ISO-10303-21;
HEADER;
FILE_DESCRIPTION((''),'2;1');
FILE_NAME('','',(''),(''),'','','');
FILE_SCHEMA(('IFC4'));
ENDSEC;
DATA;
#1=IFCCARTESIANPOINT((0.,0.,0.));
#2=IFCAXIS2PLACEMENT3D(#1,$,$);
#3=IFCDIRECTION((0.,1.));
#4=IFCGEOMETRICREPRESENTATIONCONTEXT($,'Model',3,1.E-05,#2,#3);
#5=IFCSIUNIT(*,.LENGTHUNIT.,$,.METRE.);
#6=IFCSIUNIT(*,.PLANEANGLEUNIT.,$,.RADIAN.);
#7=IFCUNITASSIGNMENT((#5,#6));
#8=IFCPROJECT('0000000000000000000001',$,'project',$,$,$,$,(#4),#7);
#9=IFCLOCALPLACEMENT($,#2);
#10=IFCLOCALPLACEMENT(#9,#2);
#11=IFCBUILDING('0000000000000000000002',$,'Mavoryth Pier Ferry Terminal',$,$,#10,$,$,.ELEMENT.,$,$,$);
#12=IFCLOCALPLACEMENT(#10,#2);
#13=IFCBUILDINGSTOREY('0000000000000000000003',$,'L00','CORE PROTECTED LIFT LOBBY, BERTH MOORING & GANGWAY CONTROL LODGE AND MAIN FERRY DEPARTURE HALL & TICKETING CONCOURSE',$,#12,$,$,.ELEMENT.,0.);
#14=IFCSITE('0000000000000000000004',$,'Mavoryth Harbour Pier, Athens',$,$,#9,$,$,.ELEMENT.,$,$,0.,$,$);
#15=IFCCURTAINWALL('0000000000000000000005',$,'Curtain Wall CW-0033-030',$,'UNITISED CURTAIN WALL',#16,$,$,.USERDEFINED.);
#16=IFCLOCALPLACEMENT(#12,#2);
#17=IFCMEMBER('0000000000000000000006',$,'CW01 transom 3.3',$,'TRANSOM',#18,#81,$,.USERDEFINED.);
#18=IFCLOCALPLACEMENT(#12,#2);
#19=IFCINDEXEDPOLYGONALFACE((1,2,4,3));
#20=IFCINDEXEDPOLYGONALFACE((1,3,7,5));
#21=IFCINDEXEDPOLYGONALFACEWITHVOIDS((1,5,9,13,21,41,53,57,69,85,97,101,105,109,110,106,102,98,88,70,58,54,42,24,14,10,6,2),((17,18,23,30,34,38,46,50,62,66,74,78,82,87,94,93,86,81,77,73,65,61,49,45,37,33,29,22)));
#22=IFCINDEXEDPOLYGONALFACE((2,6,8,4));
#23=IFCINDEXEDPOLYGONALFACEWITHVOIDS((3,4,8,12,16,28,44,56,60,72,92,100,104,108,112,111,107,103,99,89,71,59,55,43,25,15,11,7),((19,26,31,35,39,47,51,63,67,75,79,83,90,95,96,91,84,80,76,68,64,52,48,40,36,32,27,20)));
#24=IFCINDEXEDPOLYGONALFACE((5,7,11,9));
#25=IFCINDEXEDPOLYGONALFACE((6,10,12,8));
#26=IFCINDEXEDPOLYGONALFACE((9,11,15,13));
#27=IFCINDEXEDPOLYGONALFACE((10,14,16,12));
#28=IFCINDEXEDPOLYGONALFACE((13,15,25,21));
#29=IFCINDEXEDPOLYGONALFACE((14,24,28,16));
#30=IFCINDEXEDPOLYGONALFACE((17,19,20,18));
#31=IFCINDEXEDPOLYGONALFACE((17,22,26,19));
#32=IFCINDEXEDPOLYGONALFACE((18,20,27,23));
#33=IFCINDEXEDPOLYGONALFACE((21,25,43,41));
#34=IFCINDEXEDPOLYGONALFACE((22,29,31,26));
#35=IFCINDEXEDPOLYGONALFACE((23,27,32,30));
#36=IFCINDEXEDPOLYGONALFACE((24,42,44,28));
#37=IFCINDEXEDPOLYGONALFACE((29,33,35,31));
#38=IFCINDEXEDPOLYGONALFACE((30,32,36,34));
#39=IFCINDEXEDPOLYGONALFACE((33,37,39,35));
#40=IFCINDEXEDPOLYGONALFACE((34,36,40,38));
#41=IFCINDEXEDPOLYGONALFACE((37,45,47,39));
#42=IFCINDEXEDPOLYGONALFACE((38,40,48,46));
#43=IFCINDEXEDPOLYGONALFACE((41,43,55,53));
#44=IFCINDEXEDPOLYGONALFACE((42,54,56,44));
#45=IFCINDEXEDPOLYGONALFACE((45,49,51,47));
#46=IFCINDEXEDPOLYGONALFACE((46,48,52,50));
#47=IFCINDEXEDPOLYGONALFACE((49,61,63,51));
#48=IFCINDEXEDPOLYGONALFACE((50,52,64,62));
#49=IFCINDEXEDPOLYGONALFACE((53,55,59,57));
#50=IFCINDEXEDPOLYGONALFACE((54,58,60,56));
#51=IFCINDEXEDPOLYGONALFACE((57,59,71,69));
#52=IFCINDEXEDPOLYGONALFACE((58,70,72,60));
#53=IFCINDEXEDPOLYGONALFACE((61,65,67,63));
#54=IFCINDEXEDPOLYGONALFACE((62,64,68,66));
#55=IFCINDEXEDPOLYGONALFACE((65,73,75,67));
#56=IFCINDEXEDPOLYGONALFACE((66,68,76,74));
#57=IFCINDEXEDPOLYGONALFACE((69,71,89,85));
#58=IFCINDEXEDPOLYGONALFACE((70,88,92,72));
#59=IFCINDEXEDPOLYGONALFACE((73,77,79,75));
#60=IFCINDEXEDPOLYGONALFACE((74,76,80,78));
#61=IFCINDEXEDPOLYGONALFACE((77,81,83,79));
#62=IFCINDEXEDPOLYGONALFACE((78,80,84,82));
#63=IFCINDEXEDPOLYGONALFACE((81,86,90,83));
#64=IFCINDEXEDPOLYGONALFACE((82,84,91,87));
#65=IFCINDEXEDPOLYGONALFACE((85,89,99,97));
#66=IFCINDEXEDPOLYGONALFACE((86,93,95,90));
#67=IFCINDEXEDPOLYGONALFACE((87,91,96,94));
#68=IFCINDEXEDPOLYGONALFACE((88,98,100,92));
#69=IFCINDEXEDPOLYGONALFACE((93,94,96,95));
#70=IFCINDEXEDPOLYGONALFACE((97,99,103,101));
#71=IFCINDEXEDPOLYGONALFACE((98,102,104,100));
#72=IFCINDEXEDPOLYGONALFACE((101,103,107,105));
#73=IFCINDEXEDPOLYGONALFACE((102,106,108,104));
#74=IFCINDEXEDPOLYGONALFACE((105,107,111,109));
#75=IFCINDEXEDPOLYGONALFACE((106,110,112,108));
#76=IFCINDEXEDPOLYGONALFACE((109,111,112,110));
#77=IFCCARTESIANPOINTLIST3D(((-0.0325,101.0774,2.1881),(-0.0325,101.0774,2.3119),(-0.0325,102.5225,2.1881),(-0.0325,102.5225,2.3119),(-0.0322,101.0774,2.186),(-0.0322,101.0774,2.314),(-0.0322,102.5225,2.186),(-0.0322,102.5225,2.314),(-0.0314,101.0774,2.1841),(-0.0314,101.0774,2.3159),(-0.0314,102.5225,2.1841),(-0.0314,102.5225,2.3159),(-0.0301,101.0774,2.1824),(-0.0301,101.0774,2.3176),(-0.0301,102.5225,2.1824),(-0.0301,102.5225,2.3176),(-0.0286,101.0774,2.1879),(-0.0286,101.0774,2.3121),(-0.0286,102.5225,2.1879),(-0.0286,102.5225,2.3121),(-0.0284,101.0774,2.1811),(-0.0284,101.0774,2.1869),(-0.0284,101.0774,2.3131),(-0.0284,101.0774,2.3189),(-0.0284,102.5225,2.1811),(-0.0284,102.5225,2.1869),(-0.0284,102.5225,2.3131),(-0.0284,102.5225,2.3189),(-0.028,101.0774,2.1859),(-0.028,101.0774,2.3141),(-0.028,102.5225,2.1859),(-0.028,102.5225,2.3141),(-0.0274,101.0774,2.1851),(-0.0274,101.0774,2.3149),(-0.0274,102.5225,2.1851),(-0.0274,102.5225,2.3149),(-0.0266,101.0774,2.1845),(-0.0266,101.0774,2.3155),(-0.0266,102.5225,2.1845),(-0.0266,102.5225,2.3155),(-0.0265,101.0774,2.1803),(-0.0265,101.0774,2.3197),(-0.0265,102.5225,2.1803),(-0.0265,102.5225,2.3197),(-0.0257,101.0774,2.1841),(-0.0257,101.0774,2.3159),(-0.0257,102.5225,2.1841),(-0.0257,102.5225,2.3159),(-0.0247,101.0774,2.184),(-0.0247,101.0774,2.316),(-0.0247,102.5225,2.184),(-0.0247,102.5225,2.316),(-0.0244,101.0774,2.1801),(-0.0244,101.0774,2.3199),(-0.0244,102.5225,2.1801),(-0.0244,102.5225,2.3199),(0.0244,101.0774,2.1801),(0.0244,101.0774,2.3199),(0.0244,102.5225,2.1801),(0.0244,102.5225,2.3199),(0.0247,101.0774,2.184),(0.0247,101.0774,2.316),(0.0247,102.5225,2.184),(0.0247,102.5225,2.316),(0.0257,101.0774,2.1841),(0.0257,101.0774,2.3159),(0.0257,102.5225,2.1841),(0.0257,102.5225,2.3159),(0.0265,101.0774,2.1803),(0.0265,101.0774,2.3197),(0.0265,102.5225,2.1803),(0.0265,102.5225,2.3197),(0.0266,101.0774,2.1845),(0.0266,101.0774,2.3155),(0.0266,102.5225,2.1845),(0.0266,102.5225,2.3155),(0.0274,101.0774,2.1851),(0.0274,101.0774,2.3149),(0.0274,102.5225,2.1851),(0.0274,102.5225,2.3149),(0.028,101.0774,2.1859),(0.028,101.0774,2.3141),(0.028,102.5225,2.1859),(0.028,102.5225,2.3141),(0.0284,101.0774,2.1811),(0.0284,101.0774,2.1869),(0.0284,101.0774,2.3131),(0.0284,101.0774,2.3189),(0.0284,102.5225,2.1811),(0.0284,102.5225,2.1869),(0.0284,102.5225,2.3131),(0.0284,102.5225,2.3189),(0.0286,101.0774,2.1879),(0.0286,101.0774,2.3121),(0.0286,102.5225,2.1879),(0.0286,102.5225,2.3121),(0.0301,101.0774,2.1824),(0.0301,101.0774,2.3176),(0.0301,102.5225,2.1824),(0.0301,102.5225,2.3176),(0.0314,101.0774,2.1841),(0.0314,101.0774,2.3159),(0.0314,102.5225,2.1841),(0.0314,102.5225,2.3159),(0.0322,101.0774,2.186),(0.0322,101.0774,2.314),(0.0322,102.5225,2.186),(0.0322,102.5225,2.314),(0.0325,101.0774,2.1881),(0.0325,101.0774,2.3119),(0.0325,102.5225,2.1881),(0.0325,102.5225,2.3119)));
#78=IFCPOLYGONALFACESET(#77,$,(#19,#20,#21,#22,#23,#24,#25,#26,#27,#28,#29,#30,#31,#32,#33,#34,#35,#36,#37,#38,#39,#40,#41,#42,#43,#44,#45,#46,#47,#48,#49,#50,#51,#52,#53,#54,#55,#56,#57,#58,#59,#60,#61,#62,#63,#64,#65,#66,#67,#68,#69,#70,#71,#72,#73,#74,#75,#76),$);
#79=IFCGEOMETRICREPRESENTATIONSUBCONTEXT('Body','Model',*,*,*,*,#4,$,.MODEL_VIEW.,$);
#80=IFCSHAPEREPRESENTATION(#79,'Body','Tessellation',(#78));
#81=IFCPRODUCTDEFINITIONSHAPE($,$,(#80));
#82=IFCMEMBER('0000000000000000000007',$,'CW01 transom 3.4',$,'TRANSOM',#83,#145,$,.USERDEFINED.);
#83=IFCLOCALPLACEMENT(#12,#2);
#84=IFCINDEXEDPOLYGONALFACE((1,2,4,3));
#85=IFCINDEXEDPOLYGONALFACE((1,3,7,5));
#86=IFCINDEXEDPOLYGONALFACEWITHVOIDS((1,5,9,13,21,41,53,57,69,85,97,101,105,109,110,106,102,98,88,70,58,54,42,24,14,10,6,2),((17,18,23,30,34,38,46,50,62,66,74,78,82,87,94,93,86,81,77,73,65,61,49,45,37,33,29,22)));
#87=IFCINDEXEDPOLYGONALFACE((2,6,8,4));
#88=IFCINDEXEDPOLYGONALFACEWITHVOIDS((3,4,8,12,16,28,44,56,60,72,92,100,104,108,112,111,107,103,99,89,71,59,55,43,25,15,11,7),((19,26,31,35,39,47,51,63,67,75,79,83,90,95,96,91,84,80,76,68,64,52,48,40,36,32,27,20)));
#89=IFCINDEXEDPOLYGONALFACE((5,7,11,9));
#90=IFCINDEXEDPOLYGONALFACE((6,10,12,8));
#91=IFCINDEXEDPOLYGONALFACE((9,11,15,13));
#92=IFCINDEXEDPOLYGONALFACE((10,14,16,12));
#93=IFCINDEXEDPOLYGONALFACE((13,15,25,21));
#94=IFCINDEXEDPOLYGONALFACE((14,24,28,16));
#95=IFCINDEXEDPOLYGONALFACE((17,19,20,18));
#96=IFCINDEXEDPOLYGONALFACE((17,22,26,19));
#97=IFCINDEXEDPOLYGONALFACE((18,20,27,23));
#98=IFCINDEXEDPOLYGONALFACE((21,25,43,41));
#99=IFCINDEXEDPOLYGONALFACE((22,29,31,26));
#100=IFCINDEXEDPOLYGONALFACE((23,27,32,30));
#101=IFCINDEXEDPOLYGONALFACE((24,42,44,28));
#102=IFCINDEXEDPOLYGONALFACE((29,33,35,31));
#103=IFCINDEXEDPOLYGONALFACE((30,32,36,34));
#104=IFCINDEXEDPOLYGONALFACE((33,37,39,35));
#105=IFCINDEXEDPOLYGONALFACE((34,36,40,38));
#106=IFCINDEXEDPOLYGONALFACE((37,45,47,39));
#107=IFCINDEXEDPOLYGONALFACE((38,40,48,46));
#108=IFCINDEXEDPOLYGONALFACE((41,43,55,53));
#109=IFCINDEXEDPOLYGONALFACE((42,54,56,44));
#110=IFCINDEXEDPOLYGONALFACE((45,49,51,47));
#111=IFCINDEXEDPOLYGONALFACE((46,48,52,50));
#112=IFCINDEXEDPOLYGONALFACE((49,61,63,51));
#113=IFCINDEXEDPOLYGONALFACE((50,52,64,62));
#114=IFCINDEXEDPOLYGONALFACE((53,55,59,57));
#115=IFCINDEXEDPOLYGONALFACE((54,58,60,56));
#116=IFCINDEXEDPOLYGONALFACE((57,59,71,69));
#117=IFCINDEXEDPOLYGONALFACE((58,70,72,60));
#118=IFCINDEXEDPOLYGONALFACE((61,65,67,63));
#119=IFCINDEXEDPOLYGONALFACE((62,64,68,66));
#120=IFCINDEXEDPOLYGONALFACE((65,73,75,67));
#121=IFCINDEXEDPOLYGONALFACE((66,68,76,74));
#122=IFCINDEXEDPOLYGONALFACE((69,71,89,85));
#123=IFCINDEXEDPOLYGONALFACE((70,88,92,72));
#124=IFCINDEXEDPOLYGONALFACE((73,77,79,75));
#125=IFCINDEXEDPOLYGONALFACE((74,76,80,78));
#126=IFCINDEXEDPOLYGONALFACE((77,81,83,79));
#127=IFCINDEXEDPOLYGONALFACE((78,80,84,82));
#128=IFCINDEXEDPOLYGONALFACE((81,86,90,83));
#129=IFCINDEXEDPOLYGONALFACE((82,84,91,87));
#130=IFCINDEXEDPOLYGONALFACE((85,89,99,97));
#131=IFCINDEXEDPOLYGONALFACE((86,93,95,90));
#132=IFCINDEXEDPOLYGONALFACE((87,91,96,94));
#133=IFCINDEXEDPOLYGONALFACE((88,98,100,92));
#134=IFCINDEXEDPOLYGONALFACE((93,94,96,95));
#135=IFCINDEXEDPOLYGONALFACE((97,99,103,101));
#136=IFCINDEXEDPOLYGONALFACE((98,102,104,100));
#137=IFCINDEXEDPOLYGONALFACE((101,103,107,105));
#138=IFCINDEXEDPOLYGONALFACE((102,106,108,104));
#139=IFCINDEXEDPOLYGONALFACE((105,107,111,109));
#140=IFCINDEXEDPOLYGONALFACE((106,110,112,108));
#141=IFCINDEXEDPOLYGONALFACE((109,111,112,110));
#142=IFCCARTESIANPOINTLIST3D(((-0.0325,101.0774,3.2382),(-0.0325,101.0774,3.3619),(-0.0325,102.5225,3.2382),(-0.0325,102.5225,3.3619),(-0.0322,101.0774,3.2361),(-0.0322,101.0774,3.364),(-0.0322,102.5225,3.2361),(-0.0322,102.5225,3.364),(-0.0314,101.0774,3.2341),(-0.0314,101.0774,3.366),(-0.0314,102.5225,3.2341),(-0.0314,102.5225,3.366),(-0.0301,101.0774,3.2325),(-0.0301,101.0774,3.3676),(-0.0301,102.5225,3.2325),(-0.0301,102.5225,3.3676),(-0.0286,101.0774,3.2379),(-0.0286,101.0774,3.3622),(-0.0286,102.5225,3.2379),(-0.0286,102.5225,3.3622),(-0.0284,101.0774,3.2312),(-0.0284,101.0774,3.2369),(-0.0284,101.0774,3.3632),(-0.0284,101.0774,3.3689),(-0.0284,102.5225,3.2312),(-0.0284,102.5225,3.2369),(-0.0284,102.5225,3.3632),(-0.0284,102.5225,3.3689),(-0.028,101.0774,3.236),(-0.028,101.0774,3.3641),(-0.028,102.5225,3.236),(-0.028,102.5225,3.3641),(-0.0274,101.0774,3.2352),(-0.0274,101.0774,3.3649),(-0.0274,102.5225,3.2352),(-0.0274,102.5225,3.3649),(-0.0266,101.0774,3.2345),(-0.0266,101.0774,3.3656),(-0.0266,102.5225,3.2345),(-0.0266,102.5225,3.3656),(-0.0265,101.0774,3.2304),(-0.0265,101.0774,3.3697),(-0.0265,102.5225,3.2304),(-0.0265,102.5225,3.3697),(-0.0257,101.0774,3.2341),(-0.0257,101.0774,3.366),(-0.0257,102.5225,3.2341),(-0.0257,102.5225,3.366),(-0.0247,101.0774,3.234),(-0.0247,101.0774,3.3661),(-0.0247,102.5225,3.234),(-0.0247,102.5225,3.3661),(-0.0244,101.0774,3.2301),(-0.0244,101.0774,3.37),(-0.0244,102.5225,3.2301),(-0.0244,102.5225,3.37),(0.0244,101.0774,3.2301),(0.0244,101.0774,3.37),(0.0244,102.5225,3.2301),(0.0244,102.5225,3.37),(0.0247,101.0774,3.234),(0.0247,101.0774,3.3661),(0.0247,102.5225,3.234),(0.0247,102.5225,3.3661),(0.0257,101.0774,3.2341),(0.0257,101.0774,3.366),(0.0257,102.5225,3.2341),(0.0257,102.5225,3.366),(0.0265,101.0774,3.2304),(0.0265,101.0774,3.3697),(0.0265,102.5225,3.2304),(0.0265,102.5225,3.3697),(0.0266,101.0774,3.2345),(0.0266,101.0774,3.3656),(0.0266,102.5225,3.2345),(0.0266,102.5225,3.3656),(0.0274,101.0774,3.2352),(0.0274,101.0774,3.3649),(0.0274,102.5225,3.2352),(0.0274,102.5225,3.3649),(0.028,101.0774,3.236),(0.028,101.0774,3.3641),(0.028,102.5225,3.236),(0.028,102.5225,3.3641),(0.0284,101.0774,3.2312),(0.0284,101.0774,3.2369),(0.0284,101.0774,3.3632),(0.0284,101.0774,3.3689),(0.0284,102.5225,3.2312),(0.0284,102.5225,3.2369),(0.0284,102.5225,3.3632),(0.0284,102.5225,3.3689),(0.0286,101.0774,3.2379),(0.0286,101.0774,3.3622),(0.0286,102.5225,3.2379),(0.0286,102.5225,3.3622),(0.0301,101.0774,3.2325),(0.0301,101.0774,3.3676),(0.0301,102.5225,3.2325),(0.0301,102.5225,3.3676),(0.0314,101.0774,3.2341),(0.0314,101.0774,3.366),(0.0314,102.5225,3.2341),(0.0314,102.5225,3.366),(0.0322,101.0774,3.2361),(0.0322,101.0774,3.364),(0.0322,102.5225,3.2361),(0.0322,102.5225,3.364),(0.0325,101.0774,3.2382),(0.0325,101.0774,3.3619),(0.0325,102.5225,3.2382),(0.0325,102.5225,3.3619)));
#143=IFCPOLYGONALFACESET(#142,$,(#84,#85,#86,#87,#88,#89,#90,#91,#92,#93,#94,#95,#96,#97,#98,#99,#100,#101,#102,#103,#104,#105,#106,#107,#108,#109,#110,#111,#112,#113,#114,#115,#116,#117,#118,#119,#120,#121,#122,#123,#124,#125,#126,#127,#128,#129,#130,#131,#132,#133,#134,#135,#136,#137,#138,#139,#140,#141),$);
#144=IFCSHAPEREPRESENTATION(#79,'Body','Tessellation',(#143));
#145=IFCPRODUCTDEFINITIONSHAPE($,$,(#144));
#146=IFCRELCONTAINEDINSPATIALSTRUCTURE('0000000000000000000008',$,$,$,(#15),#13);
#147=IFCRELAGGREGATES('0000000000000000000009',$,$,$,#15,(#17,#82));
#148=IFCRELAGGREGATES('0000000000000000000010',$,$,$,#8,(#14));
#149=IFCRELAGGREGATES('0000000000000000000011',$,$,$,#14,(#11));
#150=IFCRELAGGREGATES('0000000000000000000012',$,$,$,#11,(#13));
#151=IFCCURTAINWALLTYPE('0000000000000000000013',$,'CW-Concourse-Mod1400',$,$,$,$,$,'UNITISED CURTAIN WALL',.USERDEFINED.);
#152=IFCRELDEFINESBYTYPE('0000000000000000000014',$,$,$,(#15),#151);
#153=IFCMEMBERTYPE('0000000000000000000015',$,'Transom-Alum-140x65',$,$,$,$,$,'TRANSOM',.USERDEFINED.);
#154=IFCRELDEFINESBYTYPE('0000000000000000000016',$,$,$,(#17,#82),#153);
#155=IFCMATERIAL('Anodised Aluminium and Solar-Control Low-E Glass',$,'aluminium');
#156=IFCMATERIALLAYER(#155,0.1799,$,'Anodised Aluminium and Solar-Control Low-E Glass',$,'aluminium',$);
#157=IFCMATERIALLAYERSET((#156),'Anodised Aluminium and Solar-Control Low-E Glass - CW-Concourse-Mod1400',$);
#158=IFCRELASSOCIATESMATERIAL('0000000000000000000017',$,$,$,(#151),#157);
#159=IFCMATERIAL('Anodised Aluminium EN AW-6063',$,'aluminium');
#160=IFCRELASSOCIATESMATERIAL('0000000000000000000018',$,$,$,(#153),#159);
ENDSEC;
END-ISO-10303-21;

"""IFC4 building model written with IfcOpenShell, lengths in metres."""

from ifc_helpers import new_model, si_unit, direction, frame, origin, origin_2d, place, context, subcontext, project, spatial, hollow_rectangle, extrude, material, layer, layer_set, material_profile, profile_set, type_object, element, aggregate, save


model = new_model("IFC4")

# Units and contexts
model_context = context("Model", 3, precision=1e-05, world=origin(), true_north=direction((0.0, 1.0)))
body_context = subcontext(model_context, "Body", "Model", "MODEL_VIEW")
ifc_project = project(units=[si_unit("LENGTHUNIT", "METRE"), si_unit("PLANEANGLEUNIT", "RADIAN")], contexts=[model_context])

# Site, building, storey
site_placement = place(None, origin())
site = spatial("IfcSite", under=ifc_project, at=site_placement, Name="Mavoryth Harbour Pier, Athens", CompositionType="ELEMENT", RefElevation=0.0)
building_placement = place(site_placement, origin())
building = spatial("IfcBuilding", under=site, at=building_placement, Name="Mavoryth Pier Ferry Terminal", CompositionType="ELEMENT")
storey_placement = place(building_placement, origin())
storey = spatial("IfcBuildingStorey", under=building, at=storey_placement, Name="L00", Description="CORE PROTECTED LIFT LOBBY, BERTH MOORING & GANGWAY CONTROL LODGE AND MAIN FERRY DEPARTURE HALL & TICKETING CONCOURSE", CompositionType="ELEMENT", Elevation=0.0)

# Curtain wall, members
ifc_material_1 = material(Name="Anodised Aluminium and Solar-Control Low-E Glass", Category="aluminium")
ifc_layer_1 = layer(ifc_material_1, 0.1799, Name="Anodised Aluminium and Solar-Control Low-E Glass", Category="aluminium")
ifc_layer_set_1 = layer_set([ifc_layer_1], Name="Anodised Aluminium and Solar-Control Low-E Glass - CW-Concourse-Mod1400")
curtain_wall_type = type_object("IfcCurtainWallType", Name="CW-Concourse-Mod1400", ElementType="UNITISED CURTAIN WALL", PredefinedType="USERDEFINED", material=ifc_layer_set_1)
curtain_wall_placement = place(storey_placement, origin())
curtain_wall = element("IfcCurtainWall", 1, at=curtain_wall_placement, inside=storey, type_object=curtain_wall_type, Name="Curtain Wall CW-0033-030", ObjectType="UNITISED CURTAIN WALL", PredefinedType="USERDEFINED")
ifc_material_2 = material(Name="Anodised Aluminium EN AW-6063", Category="aluminium")
ifc_material_profile_1 = material_profile(ifc_material_2, hollow_rectangle(XDim=0.0649, YDim=0.1399, WallThickness=0.0039, InnerFilletRadius=0.0039, OuterFilletRadius=0.0081, at=origin_2d()), Name="AL-TRAN 140x65x4", Category="aluminium")
ifc_profile_set_1 = profile_set([ifc_material_profile_1], Name="Anodised Aluminium EN AW-6063 - AL-TRAN 140x65x4")
member_type_1 = type_object("IfcMemberType", Name="Transom-Alum-140x65", ElementType="TRANSOM", PredefinedType="USERDEFINED", material=ifc_profile_set_1)
member_1_placement = place(storey_placement, frame((0.0, 102.5225, 2.25), z_axis=(0.0, -1.0, 0.0), x_axis=(1.0, 0.0, 0.0)))
member_1 = element("IfcMember", 2, at=member_1_placement, type_object=member_type_1, Name="CW01 transom 3.3", ObjectType="TRANSOM", PredefinedType="USERDEFINED", context=body_context, shape_type="SweptSolid", body=[
    extrude(hollow_rectangle(XDim=0.0649, YDim=0.1399, WallThickness=0.0039, InnerFilletRadius=0.0039, OuterFilletRadius=0.0081, at=origin_2d()), origin(), (0.0, 0.0, 1.0), 1.4451),
])
member_2_placement = place(storey_placement, frame((0.0, 102.5225, 3.3), z_axis=(0.0, -1.0, 0.0), x_axis=(1.0, 0.0, 0.0)))
member_2 = element("IfcMember", 3, at=member_2_placement, type_object=member_type_1, Name="CW01 transom 3.4", ObjectType="TRANSOM", PredefinedType="USERDEFINED", context=body_context, shape_type="SweptSolid", body=[
    extrude(hollow_rectangle(XDim=0.0649, YDim=0.1399, WallThickness=0.0039, InnerFilletRadius=0.0039, OuterFilletRadius=0.0081, at=origin_2d()), origin(), (0.0, 0.0, 1.0), 1.4451),
])
aggregate(curtain_wall, [member_1, member_2])

save(model, "model.ifc")
